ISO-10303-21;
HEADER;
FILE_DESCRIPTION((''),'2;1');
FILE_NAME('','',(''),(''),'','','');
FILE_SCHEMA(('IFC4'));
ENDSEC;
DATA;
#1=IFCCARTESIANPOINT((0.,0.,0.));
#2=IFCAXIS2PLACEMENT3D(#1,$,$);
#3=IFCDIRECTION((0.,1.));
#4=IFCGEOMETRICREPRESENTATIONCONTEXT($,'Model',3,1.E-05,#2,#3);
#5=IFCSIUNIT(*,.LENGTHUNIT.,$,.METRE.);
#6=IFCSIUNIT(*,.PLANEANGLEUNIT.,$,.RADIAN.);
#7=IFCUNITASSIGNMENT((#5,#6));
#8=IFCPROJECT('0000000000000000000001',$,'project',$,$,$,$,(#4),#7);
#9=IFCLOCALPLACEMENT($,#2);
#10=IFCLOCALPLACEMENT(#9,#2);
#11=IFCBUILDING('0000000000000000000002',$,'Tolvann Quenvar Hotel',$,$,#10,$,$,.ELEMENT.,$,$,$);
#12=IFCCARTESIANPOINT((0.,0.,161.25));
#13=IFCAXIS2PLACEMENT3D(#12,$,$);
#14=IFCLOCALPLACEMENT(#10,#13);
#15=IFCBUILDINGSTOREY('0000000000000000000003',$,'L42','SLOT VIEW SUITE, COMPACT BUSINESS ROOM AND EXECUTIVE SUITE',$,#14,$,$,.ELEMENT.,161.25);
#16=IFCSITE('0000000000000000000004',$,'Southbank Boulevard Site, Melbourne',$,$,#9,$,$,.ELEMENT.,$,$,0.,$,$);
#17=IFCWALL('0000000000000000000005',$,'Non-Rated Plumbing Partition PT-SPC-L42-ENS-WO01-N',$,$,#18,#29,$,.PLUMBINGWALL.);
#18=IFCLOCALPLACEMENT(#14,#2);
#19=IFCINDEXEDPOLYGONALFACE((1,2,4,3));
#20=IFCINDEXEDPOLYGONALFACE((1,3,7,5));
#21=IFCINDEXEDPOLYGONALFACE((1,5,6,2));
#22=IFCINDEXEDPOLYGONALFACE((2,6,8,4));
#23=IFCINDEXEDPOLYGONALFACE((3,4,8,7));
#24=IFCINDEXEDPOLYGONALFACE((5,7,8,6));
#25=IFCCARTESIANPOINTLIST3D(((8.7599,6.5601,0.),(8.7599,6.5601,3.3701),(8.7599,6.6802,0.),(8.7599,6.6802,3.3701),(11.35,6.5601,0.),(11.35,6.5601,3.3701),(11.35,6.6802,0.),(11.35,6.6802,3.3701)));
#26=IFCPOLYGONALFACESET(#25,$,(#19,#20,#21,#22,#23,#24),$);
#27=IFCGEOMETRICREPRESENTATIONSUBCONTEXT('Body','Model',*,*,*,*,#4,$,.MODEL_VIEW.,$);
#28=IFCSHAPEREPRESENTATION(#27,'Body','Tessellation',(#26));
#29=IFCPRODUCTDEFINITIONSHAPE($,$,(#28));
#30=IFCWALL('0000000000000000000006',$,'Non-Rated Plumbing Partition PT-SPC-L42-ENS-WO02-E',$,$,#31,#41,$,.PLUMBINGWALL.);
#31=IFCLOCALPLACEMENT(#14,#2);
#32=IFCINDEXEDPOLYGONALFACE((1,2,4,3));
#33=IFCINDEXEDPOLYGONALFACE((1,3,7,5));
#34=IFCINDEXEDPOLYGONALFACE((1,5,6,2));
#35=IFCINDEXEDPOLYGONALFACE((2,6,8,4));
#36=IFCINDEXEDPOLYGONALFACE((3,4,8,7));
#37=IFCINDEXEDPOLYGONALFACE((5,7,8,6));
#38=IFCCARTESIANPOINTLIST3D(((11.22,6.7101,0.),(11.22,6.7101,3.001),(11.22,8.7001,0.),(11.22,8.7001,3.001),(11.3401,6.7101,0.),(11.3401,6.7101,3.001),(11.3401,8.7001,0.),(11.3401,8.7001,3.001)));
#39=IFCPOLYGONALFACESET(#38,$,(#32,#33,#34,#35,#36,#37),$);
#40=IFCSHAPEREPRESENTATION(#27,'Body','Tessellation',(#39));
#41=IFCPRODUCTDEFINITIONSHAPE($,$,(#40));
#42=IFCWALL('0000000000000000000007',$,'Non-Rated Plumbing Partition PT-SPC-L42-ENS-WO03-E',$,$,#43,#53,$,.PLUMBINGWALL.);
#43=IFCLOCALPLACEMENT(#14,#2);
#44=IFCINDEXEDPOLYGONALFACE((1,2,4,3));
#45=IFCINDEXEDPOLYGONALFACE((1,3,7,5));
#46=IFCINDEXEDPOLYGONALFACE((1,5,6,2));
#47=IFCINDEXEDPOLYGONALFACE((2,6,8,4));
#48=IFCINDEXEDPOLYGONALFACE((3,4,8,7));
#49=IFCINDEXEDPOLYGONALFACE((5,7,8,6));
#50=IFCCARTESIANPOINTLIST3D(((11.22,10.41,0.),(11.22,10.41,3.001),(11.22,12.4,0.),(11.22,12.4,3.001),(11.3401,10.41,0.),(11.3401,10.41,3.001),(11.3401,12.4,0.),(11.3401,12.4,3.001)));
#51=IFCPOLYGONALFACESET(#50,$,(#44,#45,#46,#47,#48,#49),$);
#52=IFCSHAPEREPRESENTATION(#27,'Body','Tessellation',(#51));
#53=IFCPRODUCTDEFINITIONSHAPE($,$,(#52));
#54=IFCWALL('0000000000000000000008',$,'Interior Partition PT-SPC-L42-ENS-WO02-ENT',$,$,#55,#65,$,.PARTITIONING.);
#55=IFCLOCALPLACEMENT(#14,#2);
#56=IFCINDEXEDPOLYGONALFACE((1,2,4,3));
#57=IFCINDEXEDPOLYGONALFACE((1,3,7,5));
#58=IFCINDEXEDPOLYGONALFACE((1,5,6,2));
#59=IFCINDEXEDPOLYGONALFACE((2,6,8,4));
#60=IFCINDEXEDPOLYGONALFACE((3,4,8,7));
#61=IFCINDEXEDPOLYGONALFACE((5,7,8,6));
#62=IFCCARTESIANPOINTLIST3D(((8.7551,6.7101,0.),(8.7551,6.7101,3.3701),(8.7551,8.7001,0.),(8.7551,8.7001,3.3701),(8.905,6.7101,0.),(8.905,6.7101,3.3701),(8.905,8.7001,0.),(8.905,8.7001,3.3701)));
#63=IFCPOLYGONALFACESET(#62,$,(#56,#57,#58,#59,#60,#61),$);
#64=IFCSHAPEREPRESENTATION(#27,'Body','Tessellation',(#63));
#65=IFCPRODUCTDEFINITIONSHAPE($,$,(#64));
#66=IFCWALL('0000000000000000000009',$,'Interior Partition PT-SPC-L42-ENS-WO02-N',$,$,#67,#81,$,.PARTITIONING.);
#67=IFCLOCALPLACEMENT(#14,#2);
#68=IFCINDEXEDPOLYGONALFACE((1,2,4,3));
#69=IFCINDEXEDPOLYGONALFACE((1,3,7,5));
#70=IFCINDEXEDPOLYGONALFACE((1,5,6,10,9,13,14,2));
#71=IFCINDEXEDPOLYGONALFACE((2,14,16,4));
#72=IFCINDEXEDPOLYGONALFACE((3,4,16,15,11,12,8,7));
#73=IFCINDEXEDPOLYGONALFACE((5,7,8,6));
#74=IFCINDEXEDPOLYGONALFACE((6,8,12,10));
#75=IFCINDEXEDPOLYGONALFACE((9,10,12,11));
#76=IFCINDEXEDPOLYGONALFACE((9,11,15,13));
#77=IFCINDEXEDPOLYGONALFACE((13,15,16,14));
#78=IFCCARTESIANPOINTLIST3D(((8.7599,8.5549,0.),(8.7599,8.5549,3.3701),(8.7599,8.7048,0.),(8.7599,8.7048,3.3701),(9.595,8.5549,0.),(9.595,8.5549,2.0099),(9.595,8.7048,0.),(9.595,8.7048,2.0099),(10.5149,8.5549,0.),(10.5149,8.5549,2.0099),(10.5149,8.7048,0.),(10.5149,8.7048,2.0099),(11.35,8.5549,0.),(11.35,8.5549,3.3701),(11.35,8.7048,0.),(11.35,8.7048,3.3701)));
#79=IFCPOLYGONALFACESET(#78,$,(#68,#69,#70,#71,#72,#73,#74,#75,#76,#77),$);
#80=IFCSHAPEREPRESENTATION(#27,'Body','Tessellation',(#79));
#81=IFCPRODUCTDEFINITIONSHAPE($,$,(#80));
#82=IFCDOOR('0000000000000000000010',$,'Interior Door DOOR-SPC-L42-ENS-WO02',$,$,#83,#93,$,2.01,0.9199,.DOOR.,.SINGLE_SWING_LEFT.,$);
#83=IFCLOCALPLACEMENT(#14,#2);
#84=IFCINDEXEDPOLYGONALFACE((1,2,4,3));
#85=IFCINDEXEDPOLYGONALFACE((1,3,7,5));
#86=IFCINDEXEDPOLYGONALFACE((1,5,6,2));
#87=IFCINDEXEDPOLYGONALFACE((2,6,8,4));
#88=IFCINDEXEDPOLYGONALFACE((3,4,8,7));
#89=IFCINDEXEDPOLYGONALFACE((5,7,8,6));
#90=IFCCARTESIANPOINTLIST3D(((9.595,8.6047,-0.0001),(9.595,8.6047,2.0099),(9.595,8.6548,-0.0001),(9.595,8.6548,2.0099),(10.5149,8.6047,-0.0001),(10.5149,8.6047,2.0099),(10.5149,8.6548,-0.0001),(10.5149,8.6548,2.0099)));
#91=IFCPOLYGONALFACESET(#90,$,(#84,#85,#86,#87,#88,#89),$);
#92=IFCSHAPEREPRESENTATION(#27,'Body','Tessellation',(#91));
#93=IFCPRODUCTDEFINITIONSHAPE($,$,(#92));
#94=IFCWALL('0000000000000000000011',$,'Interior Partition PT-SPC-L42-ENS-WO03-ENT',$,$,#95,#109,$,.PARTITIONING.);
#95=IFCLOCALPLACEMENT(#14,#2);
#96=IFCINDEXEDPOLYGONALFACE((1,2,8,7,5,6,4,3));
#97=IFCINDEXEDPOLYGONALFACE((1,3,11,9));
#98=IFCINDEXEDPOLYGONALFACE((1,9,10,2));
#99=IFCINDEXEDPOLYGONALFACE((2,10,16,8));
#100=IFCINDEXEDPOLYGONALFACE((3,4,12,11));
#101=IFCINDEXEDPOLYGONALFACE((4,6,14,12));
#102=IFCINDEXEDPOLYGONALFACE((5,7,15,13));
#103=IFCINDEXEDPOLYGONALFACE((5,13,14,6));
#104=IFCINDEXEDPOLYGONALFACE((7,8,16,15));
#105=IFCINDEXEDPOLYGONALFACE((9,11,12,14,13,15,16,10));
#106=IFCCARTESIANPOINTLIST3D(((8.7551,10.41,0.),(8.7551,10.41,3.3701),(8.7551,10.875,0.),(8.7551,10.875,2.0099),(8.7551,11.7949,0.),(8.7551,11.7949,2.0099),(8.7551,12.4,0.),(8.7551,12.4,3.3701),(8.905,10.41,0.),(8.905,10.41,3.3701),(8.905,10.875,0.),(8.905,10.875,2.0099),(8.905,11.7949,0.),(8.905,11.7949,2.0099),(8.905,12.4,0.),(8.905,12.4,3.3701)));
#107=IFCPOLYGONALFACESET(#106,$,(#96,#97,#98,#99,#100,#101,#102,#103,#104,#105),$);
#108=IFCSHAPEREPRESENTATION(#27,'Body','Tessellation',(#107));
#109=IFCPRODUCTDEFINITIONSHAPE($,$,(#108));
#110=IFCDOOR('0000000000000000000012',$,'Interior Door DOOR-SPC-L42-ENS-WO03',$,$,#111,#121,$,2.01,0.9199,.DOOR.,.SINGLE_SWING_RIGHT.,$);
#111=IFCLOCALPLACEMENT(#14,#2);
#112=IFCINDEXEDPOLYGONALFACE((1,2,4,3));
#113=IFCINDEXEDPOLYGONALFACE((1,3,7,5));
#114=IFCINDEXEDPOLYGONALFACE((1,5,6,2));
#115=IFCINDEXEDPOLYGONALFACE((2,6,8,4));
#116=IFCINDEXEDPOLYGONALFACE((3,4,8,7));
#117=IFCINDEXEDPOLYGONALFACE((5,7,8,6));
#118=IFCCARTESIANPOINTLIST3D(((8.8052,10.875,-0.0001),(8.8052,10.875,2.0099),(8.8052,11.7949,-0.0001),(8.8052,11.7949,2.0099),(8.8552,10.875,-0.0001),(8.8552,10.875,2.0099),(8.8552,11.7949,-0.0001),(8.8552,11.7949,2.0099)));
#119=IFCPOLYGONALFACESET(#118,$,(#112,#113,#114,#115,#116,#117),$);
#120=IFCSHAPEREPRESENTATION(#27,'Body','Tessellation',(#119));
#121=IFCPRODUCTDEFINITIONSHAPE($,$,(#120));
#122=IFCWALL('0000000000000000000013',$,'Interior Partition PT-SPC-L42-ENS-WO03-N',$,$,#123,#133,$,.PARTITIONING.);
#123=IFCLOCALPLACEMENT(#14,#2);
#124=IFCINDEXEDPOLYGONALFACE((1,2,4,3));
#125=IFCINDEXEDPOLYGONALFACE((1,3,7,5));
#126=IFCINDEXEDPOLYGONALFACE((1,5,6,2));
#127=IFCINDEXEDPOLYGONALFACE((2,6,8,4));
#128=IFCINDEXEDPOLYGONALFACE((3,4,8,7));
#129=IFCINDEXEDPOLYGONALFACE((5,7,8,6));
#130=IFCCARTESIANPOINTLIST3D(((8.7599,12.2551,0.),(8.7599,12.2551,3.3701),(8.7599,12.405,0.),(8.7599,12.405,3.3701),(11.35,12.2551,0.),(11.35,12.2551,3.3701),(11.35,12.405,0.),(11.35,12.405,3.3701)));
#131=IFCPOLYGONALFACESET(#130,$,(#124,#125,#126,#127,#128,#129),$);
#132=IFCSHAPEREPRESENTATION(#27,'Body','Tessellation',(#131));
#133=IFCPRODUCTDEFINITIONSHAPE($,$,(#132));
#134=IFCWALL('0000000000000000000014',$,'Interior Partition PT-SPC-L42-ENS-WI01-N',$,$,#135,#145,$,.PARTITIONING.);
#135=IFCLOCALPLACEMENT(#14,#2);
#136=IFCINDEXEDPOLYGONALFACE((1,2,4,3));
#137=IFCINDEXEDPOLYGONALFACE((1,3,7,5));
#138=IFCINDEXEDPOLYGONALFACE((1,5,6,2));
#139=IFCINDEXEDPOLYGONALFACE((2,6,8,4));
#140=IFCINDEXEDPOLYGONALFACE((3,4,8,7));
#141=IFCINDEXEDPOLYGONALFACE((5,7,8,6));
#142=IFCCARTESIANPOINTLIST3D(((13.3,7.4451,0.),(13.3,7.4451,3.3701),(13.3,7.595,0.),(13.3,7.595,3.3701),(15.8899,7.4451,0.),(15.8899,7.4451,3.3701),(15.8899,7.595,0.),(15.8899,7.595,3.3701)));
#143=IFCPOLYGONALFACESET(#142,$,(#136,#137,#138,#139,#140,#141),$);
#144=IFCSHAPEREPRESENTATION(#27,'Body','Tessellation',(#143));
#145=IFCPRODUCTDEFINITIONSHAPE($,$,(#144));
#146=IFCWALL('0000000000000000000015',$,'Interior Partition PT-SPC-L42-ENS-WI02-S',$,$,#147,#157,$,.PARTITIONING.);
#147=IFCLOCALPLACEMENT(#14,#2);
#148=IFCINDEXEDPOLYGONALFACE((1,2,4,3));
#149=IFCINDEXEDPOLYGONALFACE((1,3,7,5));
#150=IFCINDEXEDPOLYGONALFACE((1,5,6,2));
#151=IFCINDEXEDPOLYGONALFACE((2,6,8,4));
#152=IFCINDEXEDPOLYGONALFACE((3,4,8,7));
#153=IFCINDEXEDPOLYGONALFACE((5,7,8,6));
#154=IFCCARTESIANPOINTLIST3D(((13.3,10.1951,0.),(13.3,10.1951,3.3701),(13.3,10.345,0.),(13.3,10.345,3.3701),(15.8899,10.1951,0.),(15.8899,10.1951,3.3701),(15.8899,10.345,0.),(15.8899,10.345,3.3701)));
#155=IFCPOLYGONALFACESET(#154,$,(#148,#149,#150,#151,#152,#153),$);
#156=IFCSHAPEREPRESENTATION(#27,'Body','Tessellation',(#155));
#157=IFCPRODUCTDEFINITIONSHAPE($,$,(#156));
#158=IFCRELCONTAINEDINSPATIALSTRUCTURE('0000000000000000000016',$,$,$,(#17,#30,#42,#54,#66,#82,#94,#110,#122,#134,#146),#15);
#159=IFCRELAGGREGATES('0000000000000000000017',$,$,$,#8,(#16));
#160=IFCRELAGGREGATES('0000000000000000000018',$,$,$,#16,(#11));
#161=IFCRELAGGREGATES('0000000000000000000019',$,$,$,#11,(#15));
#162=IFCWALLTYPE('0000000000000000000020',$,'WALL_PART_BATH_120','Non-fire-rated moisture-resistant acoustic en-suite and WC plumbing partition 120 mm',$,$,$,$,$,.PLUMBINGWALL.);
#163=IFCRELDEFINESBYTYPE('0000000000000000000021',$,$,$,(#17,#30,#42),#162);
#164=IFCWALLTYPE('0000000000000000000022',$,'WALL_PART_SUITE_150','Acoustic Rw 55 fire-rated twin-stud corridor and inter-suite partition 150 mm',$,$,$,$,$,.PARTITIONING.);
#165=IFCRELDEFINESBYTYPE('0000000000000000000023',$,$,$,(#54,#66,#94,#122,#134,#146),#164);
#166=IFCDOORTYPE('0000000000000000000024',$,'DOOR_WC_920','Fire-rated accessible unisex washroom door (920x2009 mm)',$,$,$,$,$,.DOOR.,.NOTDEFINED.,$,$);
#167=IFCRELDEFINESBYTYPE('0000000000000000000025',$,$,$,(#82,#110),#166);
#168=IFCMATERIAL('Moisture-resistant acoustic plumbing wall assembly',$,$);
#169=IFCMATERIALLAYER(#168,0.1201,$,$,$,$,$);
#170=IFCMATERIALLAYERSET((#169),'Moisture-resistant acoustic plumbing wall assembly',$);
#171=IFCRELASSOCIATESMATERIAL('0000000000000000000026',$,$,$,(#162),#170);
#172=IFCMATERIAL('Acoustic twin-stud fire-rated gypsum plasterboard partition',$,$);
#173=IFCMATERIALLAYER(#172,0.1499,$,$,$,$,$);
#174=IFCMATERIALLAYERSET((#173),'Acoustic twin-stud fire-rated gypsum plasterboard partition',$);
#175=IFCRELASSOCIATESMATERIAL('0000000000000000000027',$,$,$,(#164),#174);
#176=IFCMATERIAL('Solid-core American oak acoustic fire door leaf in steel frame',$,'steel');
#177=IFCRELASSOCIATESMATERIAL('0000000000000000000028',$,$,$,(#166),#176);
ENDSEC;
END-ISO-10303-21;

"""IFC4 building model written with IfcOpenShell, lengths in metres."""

from ifc_helpers import new_model, si_unit, direction, frame, frame_2d, origin, place, context, subcontext, project, spatial, rectangle, extrude, source, transform, mapped, material, layer, layer_set, type_object, type_shapes, element, fill, save


model = new_model("IFC4")

# Units and contexts
model_context = context("Model", 3, precision=1e-05, world=origin(), true_north=direction((0.0, 1.0)))
body_context = subcontext(model_context, "Body", "Model", "MODEL_VIEW")
ifc_project = project(units=[si_unit("LENGTHUNIT", "METRE"), si_unit("PLANEANGLEUNIT", "RADIAN")], contexts=[model_context])

# Site, building, storey
site_placement = place(None, origin())
site = spatial("IfcSite", under=ifc_project, at=site_placement, Name="Southbank Boulevard Site, Melbourne", CompositionType="ELEMENT", RefElevation=0.0)
building_placement = place(site_placement, origin())
building = spatial("IfcBuilding", under=site, at=building_placement, Name="Tolvann Quenvar Hotel", CompositionType="ELEMENT")
storey_placement = place(building_placement, frame((0.0, 0.0, 161.25)))
storey = spatial("IfcBuildingStorey", under=building, at=storey_placement, Name="L42", Description="SLOT VIEW SUITE, COMPACT BUSINESS ROOM AND EXECUTIVE SUITE", CompositionType="ELEMENT", Elevation=161.25)

# Walls
ifc_material_1 = material(Name="Moisture-resistant acoustic plumbing wall assembly")
ifc_layer_1 = layer(ifc_material_1, 0.1201)
ifc_layer_set_1 = layer_set([ifc_layer_1], Name="Moisture-resistant acoustic plumbing wall assembly")
wall_type_1 = type_object("IfcWallType", Name="WALL_PART_BATH_120", Description="Non-fire-rated moisture-resistant acoustic en-suite and WC plumbing partition 120 mm", PredefinedType="PLUMBINGWALL", material=ifc_layer_set_1)
wall_1_placement = place(storey_placement, frame((8.76, 6.6201, 0.0), z_axis=(0.0, 0.0, 1.0), x_axis=(1.0, 0.0, 0.0)))
element("IfcWall", 1, at=wall_1_placement, inside=storey, type_object=wall_type_1, Name="Non-Rated Plumbing Partition PT-SPC-L42-ENS-WO01-N", PredefinedType="PLUMBINGWALL", context=body_context, shape_type="SweptSolid", body=[
    extrude(rectangle(XDim=2.5901, YDim=0.1201, at=frame_2d((1.2949, 0.0))), origin(), (0.0, 0.0, 1.0), 3.3701),
])
for number, where, z_axis, x_axis, name in (
    (2, (11.28, 6.71, 0.0), (0.0, 0.0, 1.0), (0.0, 1.0, 0.0), "Non-Rated Plumbing Partition PT-SPC-L42-ENS-WO02-E"),
    (3, (11.28, 10.4099, 0.0), (0.0, 0.0, 1.0), (0.0, 1.0, 0.0), "Non-Rated Plumbing Partition PT-SPC-L42-ENS-WO03-E"),
):
    element("IfcWall", number, at=place(storey_placement, frame(where, z_axis=z_axis, x_axis=x_axis)), inside=storey, type_object=wall_type_1, Name=name, PredefinedType="PLUMBINGWALL", context=body_context, shape_type="SweptSolid", body=[
        extrude(rectangle(XDim=1.99, YDim=0.1201, at=frame_2d((0.9951, 0.0))), origin(), (0.0, 0.0, 1.0), 3.001),
    ])
ifc_material_2 = material(Name="Acoustic twin-stud fire-rated gypsum plasterboard partition")
ifc_layer_2 = layer(ifc_material_2, 0.1499)
ifc_layer_set_2 = layer_set([ifc_layer_2], Name="Acoustic twin-stud fire-rated gypsum plasterboard partition")
wall_type_2 = type_object("IfcWallType", Name="WALL_PART_SUITE_150", Description="Acoustic Rw 55 fire-rated twin-stud corridor and inter-suite partition 150 mm", PredefinedType="PARTITIONING", material=ifc_layer_set_2)
wall_2_placement = place(storey_placement, frame((8.8301, 6.71, 0.0), z_axis=(0.0, 0.0, 1.0), x_axis=(0.0, 1.0, 0.0)))
element("IfcWall", 4, at=wall_2_placement, inside=storey, type_object=wall_type_2, Name="Interior Partition PT-SPC-L42-ENS-WO02-ENT", PredefinedType="PARTITIONING", context=body_context, shape_type="SweptSolid", body=[
    extrude(rectangle(XDim=1.99, YDim=0.1499, at=frame_2d((0.9951, 0.0))), origin(), (0.0, 0.0, 1.0), 3.3701),
])

# Walls, openings, doors
wall_3_placement = place(storey_placement, frame((8.76, 8.6299, 0.0), z_axis=(0.0, 0.0, 1.0), x_axis=(1.0, 0.0, 0.0)))
wall_3 = element("IfcWall", 5, at=wall_3_placement, inside=storey, type_object=wall_type_2, Name="Interior Partition PT-SPC-L42-ENS-WO02-N", PredefinedType="PARTITIONING", context=body_context, shape_type="SweptSolid", body=[
    extrude(rectangle(XDim=2.5901, YDim=0.1499, at=frame_2d((1.2949, 0.0))), origin(), (0.0, 0.0, 1.0), 3.3701),
])
opening_1_placement = place(wall_3_placement, frame((0.835, 0.0, 0.0)))
opening_1 = element("IfcOpeningElement", 6, at=opening_1_placement, cuts=wall_3, PredefinedType="OPENING", context=body_context, shape_type="SweptSolid", body=[
    extrude(rectangle(XDim=0.9199, YDim=2.01, at=frame_2d((0.46, 1.0049))), frame((0.0, 0.085, 0.0), z_axis=(0.0, -1.0, 0.0), x_axis=(1.0, 0.0, 0.0)), (0.0, 0.0, 1.0), 0.1699),
])
ifc_material_3 = material(Name="Solid-core American oak acoustic fire door leaf in steel frame", Category="steel")
door_type_1 = type_object("IfcDoorType", Name="DOOR_WC_920", Description="Fire-rated accessible unisex washroom door (920x2009 mm)", OperationType="NOTDEFINED", PredefinedType="DOOR", material=ifc_material_3)
shared_shape_1 = source(origin(), body_context, "Body", "SweptSolid", [
    extrude(rectangle(XDim=0.9199, YDim=2.01, at=frame_2d((0.46, 1.0049))), frame((0.0, 0.0249, 0.0), z_axis=(0.0, -1.0, 0.0), x_axis=(1.0, 0.0, 0.0)), (0.0, 0.0, 1.0), 0.05),
])
type_shapes(door_type_1, [shared_shape_1])
door_1_placement = place(opening_1_placement, origin())
door_1 = element("IfcDoor", 7, at=door_1_placement, inside=storey, type_object=door_type_1, Name="Interior Door DOOR-SPC-L42-ENS-WO02", OperationType="SINGLE_SWING_LEFT", OverallHeight=2.01, OverallWidth=0.9199, PredefinedType="DOOR", context=body_context, shape_type="MappedRepresentation", body=[
    mapped(shared_shape_1, transform((0.0, 0.0, 0.0), x_axis=(1.0, 0.0, 0.0), y_axis=(0.0, 1.0, 0.0), z_axis=(0.0, 0.0, 1.0), scale=1.0)),
])
fill(opening_1, door_1)
wall_4_placement = place(storey_placement, frame((8.8301, 10.4099, 0.0), z_axis=(0.0, 0.0, 1.0), x_axis=(0.0, 1.0, 0.0)))
wall_4 = element("IfcWall", 8, at=wall_4_placement, inside=storey, type_object=wall_type_2, Name="Interior Partition PT-SPC-L42-ENS-WO03-ENT", PredefinedType="PARTITIONING", context=body_context, shape_type="SweptSolid", body=[
    extrude(rectangle(XDim=1.99, YDim=0.1499, at=frame_2d((0.9951, 0.0))), origin(), (0.0, 0.0, 1.0), 3.3701),
])
opening_2_placement = place(wall_4_placement, frame((0.4651, 0.0, 0.0)))
opening_2 = element("IfcOpeningElement", 9, at=opening_2_placement, cuts=wall_4, PredefinedType="OPENING", context=body_context, shape_type="SweptSolid", body=[
    extrude(rectangle(XDim=0.9199, YDim=2.01, at=frame_2d((0.46, 1.0049))), frame((0.0, 0.085, 0.0), z_axis=(0.0, -1.0, 0.0), x_axis=(1.0, 0.0, 0.0)), (0.0, 0.0, 1.0), 0.1699),
])
door_2_placement = place(opening_2_placement, origin())
door_2 = element("IfcDoor", 10, at=door_2_placement, inside=storey, type_object=door_type_1, Name="Interior Door DOOR-SPC-L42-ENS-WO03", OperationType="SINGLE_SWING_RIGHT", OverallHeight=2.01, OverallWidth=0.9199, PredefinedType="DOOR", context=body_context, shape_type="MappedRepresentation", body=[
    mapped(shared_shape_1, transform((0.0, 0.0, 0.0), x_axis=(1.0, 0.0, 0.0), y_axis=(0.0, 1.0, 0.0), z_axis=(0.0, 0.0, 1.0), scale=1.0)),
])
fill(opening_2, door_2)

# Walls
wall_5_placement = place(storey_placement, frame((8.76, 12.3301, 0.0), z_axis=(0.0, 0.0, 1.0), x_axis=(1.0, 0.0, 0.0)))
element("IfcWall", 11, at=wall_5_placement, inside=storey, type_object=wall_type_2, Name="Interior Partition PT-SPC-L42-ENS-WO03-N", PredefinedType="PARTITIONING", context=body_context, shape_type="SweptSolid", body=[
    extrude(rectangle(XDim=2.5901, YDim=0.1499, at=frame_2d((1.2949, 0.0))), origin(), (0.0, 0.0, 1.0), 3.3701),
])
for number, where, z_axis, x_axis, name in (
    (12, (13.3, 7.52, 0.0), (0.0, 0.0, 1.0), (1.0, 0.0, 0.0), "Interior Partition PT-SPC-L42-ENS-WI01-N"),
    (13, (13.3, 10.27, 0.0), (0.0, 0.0, 1.0), (1.0, 0.0, 0.0), "Interior Partition PT-SPC-L42-ENS-WI02-S"),
):
    element("IfcWall", number, at=place(storey_placement, frame(where, z_axis=z_axis, x_axis=x_axis)), inside=storey, type_object=wall_type_2, Name=name, PredefinedType="PARTITIONING", context=body_context, shape_type="SweptSolid", body=[
        extrude(rectangle(XDim=2.5898, YDim=0.1499, at=frame_2d((1.2949, 0.0))), origin(), (0.0, 0.0, 1.0), 3.3701),
    ])

save(model, "model.ifc")
